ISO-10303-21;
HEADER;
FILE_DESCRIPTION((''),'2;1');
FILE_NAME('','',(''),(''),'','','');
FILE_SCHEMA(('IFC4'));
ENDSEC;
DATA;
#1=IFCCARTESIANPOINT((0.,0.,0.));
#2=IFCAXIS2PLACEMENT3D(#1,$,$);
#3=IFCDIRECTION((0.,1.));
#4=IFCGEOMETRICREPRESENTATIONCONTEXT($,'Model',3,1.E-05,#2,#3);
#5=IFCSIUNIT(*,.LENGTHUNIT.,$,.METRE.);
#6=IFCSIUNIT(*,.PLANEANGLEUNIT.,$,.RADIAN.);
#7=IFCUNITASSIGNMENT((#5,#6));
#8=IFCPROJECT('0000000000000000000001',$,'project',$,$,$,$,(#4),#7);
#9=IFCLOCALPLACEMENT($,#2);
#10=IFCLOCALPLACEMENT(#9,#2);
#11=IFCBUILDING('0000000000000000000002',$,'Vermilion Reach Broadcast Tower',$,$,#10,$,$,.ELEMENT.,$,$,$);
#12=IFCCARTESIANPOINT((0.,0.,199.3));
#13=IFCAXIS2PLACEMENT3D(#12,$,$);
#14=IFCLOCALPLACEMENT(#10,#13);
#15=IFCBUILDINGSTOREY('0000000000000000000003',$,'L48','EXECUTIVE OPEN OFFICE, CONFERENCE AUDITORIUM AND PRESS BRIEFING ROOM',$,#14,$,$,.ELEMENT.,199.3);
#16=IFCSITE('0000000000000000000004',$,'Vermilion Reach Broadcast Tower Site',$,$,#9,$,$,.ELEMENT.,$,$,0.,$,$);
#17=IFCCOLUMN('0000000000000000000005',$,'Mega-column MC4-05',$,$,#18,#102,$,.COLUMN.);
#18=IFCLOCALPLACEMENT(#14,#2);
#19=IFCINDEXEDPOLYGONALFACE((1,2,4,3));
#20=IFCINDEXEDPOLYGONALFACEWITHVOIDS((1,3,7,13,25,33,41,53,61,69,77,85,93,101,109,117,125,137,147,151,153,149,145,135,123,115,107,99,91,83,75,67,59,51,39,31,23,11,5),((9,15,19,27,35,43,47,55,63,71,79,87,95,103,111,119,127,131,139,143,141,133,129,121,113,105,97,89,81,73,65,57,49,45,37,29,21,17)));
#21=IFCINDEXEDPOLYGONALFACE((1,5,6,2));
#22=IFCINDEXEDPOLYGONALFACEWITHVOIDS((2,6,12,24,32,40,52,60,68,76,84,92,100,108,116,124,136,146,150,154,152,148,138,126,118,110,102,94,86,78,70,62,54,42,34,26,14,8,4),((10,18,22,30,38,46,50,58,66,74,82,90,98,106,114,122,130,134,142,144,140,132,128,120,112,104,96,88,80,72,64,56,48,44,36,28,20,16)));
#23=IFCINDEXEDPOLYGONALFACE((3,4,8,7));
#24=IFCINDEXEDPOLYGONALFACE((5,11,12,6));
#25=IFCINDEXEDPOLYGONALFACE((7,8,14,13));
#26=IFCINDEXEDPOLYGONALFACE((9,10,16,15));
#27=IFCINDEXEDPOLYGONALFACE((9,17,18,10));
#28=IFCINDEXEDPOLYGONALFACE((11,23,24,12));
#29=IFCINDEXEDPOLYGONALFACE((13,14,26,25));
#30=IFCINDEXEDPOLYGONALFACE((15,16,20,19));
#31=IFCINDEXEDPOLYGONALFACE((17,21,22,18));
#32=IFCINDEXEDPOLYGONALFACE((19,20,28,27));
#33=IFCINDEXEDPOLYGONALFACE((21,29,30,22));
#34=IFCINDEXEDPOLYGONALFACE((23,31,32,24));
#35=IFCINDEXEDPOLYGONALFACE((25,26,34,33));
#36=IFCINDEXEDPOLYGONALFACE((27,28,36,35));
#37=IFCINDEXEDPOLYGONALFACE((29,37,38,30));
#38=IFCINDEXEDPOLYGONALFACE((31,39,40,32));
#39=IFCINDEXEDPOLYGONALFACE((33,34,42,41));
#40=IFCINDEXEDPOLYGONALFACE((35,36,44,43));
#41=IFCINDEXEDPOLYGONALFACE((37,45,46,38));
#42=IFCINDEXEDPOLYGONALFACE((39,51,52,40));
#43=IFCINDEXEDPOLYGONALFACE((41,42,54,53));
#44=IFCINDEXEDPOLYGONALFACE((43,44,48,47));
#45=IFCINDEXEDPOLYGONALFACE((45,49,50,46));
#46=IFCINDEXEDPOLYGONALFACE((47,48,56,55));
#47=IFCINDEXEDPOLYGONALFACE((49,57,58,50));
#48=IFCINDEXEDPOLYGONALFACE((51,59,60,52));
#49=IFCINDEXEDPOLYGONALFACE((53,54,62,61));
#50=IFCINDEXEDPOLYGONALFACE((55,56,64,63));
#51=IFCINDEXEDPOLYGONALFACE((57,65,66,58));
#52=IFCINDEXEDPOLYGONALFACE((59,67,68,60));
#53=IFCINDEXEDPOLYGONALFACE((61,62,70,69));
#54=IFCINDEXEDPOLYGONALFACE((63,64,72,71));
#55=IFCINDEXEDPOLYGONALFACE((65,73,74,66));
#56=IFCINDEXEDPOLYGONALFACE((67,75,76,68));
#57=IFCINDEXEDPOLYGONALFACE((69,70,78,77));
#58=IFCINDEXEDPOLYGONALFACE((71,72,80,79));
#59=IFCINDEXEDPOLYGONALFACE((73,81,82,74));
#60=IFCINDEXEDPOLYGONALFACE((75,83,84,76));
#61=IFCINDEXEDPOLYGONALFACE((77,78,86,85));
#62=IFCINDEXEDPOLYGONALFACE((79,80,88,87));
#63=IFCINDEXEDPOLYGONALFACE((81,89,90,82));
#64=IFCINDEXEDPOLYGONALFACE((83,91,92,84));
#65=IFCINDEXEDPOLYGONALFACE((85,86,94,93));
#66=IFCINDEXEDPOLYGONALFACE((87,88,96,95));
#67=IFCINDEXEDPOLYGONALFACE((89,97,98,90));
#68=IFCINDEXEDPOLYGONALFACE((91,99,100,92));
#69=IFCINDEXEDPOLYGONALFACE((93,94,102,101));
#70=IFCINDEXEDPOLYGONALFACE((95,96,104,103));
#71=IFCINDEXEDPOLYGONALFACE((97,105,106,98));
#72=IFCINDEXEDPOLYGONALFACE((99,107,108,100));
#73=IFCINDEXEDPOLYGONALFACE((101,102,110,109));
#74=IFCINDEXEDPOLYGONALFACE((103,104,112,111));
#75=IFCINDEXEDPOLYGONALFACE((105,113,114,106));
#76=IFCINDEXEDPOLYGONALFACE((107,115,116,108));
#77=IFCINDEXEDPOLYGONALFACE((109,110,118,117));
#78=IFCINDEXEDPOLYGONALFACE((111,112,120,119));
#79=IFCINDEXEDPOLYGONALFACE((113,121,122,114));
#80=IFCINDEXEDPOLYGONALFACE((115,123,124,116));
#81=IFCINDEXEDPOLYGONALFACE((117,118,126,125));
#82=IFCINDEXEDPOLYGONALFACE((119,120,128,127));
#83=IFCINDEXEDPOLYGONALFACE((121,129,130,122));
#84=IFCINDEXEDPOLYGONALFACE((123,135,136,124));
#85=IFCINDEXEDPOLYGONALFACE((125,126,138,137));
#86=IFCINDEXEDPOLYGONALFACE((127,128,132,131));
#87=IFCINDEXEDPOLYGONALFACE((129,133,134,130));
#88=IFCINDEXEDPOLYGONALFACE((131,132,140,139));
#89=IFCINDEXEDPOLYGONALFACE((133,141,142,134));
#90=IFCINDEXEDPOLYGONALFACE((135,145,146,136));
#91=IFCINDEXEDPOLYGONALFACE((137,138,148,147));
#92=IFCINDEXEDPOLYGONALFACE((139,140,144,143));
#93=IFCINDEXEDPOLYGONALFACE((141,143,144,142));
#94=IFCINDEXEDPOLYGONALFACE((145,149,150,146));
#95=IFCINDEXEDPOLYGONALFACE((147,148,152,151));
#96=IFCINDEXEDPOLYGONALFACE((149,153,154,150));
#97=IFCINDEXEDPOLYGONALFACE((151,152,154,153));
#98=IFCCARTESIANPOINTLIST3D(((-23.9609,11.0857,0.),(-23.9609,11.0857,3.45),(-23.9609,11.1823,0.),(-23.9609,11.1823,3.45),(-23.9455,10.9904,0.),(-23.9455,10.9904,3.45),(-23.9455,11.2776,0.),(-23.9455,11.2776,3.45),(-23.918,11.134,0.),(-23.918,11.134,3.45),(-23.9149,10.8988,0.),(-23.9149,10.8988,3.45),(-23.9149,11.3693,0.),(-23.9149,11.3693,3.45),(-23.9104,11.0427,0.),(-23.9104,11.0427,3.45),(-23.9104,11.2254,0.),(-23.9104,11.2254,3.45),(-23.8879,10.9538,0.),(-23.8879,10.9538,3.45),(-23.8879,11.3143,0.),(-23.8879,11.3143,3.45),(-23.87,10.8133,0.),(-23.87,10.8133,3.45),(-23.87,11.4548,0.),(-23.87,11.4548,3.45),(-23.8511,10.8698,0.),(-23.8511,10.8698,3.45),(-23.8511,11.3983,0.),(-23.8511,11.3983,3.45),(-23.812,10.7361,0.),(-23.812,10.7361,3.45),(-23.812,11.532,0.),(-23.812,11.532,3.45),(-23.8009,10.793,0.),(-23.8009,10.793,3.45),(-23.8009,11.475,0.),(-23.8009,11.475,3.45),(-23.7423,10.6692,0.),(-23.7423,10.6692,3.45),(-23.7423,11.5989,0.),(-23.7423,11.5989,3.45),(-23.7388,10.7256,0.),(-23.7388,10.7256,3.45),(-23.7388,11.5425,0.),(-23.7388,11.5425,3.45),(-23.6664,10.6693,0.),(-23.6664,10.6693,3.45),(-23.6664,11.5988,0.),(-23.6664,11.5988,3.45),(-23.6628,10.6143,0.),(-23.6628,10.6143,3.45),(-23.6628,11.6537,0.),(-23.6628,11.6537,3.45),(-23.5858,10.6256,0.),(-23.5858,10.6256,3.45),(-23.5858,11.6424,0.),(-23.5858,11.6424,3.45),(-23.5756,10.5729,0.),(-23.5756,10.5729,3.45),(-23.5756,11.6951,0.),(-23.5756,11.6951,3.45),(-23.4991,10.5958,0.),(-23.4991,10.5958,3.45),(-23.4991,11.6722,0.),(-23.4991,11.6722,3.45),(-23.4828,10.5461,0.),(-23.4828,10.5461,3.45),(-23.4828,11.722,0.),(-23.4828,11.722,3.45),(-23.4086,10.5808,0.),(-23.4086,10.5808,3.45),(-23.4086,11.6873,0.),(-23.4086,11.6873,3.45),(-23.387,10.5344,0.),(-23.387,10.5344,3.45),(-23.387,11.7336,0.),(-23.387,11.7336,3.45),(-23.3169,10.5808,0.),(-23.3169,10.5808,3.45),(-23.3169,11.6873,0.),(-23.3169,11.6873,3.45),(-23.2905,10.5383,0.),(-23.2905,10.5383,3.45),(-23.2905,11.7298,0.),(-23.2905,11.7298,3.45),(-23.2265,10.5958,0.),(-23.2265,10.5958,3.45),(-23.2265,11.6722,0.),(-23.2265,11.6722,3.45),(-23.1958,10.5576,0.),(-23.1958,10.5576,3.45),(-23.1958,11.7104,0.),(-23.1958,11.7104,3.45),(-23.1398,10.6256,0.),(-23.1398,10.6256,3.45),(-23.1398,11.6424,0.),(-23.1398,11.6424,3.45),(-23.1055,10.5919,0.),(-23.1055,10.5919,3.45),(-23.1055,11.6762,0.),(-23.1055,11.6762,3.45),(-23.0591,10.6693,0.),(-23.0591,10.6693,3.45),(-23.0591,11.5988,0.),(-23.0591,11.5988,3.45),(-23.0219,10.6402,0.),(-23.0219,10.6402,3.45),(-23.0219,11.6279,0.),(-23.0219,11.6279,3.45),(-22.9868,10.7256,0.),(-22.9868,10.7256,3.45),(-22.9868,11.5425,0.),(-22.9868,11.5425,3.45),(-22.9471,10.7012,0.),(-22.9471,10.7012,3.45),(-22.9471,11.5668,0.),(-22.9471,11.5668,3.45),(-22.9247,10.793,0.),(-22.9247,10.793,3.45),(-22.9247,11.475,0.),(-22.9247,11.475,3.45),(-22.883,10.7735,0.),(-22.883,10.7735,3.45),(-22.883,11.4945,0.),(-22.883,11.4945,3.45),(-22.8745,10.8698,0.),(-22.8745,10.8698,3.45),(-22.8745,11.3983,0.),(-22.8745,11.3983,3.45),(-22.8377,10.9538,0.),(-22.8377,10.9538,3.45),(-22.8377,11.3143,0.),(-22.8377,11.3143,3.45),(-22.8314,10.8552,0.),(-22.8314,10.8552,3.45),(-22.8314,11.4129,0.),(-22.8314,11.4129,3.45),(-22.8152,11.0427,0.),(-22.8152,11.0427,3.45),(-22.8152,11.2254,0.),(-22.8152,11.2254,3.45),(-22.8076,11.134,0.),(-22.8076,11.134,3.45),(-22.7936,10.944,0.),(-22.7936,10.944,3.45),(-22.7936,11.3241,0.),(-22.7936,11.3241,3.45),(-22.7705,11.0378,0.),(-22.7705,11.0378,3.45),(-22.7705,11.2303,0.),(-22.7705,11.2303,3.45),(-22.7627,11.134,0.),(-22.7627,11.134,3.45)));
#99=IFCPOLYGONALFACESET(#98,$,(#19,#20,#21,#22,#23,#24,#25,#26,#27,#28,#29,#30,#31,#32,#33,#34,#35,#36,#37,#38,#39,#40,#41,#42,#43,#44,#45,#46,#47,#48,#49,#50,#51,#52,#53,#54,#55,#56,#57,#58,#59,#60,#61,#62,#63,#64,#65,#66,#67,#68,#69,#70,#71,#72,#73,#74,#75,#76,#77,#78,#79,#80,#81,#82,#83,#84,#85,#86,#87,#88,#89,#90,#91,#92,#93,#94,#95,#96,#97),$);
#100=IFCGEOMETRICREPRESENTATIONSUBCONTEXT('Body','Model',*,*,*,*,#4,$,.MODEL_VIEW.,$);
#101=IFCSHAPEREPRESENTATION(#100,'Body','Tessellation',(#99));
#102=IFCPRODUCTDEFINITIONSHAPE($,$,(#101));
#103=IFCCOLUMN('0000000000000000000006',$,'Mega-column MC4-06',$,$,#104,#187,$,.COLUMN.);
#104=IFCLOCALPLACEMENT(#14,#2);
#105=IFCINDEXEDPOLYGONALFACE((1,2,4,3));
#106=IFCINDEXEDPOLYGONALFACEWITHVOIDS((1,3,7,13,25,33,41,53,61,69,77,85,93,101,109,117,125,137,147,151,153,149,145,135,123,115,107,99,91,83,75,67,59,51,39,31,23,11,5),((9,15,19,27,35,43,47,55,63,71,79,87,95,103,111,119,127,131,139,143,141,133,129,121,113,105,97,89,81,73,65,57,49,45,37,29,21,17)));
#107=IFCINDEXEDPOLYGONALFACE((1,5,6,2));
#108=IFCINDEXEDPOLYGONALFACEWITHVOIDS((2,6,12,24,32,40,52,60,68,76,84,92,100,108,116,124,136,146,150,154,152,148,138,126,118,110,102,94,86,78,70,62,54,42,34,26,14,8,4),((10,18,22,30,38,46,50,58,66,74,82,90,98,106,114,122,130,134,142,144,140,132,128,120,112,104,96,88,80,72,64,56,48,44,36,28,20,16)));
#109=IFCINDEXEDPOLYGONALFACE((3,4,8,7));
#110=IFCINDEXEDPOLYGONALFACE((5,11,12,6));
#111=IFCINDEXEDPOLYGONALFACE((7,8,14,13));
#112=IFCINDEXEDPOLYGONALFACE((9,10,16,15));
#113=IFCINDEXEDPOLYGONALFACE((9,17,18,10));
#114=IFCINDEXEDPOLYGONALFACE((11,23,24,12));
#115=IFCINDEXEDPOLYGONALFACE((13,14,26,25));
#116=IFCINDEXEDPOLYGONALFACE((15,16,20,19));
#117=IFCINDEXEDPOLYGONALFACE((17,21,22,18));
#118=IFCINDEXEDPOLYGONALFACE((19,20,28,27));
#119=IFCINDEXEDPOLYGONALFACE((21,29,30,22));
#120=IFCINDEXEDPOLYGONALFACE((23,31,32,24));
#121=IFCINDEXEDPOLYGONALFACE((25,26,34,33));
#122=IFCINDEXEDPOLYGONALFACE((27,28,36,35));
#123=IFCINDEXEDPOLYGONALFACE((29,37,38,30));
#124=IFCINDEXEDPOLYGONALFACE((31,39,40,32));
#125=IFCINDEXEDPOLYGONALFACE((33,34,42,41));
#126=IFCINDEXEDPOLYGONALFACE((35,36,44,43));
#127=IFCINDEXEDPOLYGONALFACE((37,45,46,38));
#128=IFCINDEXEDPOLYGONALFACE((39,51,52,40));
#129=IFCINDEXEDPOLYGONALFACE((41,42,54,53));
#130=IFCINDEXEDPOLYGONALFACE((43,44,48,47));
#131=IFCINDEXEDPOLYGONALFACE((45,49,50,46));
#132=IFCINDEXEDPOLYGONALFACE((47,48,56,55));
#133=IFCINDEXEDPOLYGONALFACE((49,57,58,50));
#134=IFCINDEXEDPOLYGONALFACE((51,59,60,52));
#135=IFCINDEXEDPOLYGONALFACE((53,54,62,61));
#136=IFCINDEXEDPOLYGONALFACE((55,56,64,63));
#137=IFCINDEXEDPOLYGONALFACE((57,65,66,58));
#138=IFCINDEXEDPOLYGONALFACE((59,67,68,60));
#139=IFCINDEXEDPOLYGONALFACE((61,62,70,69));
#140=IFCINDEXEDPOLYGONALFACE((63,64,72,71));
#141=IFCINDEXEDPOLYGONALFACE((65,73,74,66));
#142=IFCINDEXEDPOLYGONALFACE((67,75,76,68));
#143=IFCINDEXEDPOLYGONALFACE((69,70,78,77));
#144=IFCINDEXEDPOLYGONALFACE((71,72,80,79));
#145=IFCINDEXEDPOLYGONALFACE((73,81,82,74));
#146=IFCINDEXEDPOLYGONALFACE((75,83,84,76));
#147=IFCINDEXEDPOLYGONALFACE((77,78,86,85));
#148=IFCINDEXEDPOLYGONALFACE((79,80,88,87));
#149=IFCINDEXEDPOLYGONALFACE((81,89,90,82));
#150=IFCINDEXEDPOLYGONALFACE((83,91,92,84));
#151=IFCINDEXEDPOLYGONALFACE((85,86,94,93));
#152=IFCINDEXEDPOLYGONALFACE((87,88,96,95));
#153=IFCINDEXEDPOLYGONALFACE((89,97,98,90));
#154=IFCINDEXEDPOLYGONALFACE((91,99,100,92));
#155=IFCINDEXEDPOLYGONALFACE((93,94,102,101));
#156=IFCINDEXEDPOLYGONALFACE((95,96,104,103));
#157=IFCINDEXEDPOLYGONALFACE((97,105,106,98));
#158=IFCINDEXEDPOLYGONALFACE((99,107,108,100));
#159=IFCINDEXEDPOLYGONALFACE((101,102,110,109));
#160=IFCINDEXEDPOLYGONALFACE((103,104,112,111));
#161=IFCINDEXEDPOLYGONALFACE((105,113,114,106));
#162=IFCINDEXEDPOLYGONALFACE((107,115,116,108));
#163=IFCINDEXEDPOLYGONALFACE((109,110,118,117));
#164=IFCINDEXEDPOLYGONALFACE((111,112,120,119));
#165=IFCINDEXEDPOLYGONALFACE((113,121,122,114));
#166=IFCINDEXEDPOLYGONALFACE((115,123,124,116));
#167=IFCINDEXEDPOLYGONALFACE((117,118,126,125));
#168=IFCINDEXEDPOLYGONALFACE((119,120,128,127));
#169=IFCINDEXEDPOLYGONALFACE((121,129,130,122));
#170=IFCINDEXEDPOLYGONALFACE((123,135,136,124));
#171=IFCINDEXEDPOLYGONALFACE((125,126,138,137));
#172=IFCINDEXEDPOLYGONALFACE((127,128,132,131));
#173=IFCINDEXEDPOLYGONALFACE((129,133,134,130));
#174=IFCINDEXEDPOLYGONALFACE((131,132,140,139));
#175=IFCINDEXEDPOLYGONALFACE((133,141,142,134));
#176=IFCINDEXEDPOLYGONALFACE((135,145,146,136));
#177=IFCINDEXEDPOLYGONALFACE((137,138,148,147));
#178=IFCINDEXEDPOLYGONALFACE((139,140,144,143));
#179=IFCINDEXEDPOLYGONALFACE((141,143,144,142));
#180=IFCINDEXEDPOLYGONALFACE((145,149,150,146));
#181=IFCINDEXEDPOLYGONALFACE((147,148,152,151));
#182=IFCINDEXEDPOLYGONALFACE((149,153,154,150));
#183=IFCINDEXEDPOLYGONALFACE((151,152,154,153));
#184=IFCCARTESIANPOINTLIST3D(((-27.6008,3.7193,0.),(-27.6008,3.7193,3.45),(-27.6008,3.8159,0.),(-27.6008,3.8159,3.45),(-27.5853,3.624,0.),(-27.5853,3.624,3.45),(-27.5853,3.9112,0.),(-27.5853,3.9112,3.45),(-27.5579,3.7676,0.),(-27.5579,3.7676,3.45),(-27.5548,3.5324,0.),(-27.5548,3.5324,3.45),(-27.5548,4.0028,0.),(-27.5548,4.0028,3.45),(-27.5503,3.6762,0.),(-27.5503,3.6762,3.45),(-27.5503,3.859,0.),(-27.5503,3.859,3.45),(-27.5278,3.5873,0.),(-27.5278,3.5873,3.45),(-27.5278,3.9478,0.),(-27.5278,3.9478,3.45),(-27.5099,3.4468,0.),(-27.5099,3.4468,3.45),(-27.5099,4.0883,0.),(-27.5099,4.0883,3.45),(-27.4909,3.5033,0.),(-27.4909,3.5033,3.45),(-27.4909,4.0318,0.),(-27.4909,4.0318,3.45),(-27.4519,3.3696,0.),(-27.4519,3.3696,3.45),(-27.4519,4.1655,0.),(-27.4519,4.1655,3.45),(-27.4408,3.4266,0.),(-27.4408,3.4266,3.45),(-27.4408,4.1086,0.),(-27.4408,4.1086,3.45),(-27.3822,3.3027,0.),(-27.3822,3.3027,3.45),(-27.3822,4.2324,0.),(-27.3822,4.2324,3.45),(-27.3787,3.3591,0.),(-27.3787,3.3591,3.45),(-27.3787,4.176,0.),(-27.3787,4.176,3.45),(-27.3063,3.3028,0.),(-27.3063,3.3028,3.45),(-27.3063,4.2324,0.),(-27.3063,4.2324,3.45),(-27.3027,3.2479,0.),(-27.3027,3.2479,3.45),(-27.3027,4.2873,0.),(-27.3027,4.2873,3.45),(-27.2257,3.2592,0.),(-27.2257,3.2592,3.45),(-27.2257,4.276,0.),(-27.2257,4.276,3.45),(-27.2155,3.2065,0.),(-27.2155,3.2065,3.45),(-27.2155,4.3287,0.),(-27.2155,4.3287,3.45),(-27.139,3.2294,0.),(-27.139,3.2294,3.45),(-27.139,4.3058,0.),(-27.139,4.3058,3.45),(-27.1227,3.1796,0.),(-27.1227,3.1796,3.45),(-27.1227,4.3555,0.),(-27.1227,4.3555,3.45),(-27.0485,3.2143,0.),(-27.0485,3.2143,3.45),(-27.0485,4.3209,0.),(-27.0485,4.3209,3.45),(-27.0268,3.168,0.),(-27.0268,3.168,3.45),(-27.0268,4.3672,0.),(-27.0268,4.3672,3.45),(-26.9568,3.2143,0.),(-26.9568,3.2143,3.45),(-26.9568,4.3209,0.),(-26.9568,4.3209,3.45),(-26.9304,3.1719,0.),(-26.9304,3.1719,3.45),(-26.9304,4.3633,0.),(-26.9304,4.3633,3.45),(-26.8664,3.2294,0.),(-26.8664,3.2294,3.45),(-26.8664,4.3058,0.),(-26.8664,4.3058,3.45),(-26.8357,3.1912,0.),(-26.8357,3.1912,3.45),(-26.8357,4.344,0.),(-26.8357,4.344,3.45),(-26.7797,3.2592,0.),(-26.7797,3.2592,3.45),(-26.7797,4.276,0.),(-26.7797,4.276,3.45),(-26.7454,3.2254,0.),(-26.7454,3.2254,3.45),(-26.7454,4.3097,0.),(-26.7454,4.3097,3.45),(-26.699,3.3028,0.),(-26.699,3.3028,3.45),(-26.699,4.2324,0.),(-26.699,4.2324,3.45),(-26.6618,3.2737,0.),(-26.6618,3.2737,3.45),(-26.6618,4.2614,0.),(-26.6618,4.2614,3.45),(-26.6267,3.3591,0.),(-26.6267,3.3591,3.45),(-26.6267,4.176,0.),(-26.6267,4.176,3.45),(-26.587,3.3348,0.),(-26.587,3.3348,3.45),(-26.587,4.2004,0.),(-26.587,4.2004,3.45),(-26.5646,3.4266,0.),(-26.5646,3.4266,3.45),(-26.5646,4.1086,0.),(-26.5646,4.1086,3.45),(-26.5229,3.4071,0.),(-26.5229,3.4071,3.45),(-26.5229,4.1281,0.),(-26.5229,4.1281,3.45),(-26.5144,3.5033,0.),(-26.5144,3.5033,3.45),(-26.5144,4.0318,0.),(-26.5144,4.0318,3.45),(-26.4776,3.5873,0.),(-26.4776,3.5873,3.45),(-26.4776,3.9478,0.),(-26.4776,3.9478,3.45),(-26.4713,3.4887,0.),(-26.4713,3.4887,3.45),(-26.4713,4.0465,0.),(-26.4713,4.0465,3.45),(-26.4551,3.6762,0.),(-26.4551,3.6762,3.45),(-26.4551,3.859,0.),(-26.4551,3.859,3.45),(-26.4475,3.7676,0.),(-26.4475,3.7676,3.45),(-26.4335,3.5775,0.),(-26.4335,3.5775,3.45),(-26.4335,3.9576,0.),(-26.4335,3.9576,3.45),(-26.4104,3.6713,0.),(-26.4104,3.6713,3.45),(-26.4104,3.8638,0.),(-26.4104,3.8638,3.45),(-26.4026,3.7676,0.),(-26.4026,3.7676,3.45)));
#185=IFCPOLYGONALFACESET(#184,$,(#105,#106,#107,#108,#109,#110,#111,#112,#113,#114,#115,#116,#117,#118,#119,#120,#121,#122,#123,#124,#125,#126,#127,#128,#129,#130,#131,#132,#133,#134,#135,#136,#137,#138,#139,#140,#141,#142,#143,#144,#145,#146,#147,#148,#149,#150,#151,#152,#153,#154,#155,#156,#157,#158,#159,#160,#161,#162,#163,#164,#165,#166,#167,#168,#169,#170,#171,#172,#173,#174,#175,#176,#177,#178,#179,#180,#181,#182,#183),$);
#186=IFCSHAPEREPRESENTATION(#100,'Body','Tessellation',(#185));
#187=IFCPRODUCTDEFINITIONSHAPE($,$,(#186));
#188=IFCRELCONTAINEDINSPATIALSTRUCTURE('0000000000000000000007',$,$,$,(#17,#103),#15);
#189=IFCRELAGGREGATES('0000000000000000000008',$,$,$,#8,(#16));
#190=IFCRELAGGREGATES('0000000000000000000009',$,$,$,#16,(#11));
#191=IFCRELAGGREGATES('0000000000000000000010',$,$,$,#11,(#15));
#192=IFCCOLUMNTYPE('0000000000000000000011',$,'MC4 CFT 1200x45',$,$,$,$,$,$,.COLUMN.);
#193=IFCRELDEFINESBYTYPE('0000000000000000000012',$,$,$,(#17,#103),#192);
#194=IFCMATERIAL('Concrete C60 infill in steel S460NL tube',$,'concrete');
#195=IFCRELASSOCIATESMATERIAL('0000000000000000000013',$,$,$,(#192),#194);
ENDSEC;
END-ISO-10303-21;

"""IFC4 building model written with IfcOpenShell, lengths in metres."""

from ifc_helpers import new_model, si_unit, direction, frame, origin, origin_2d, place, context, subcontext, project, spatial, hollow_circle, extrude, material, material_profile, profile_set, type_object, element, save


model = new_model("IFC4")

# Units and contexts
model_context = context("Model", 3, precision=1e-05, world=origin(), true_north=direction((0.0, 1.0)))
body_context = subcontext(model_context, "Body", "Model", "MODEL_VIEW")
ifc_project = project(units=[si_unit("LENGTHUNIT", "METRE"), si_unit("PLANEANGLEUNIT", "RADIAN")], contexts=[model_context])

# Site, building, storey
site_placement = place(None, origin())
site = spatial("IfcSite", under=ifc_project, at=site_placement, Name="Vermilion Reach Broadcast Tower Site", CompositionType="ELEMENT", RefElevation=0.0)
building_placement = place(site_placement, origin())
building = spatial("IfcBuilding", under=site, at=building_placement, Name="Vermilion Reach Broadcast Tower", CompositionType="ELEMENT")
storey_placement = place(building_placement, frame((0.0, 0.0, 199.3)))
storey = spatial("IfcBuildingStorey", under=building, at=storey_placement, Name="L48", Description="EXECUTIVE OPEN OFFICE, CONFERENCE AUDITORIUM AND PRESS BRIEFING ROOM", CompositionType="ELEMENT", Elevation=199.3)

# Columns
ifc_material_1 = material(Name="Concrete C60 infill in steel S460NL tube", Category="concrete")
ifc_material_profile_1 = material_profile(ifc_material_1, hollow_circle(Radius=0.6001, WallThickness=0.0449, at=origin_2d()), Name="Concrete C60 infill in steel S460NL tube CFT 1200x45")
ifc_profile_set_1 = profile_set([ifc_material_profile_1], Name="Concrete C60 infill in steel S460NL tube")
column_type = type_object("IfcColumnType", Name="MC4 CFT 1200x45", PredefinedType="COLUMN", material=ifc_profile_set_1)
for number, where, z_axis, x_axis, name in (
    (1, (-23.3628, 11.134, 0.0), (0.0, 0.0, 1.0), (1.0, 0.0, 0.0), "Mega-column MC4-05"),
    (2, (-27.0027, 3.7676, 0.0), (0.0, 0.0, 1.0), (1.0, 0.0, 0.0), "Mega-column MC4-06"),
):
    element("IfcColumn", number, at=place(storey_placement, frame(where, z_axis=z_axis, x_axis=x_axis)), inside=storey, type_object=column_type, Name=name, PredefinedType="COLUMN", context=body_context, shape_type="SweptSolid", body=[
        extrude(hollow_circle(Radius=0.6001, WallThickness=0.0449, at=origin_2d()), origin(), (0.0, 0.0, 1.0), 3.45),
    ])

save(model, "model.ifc")
